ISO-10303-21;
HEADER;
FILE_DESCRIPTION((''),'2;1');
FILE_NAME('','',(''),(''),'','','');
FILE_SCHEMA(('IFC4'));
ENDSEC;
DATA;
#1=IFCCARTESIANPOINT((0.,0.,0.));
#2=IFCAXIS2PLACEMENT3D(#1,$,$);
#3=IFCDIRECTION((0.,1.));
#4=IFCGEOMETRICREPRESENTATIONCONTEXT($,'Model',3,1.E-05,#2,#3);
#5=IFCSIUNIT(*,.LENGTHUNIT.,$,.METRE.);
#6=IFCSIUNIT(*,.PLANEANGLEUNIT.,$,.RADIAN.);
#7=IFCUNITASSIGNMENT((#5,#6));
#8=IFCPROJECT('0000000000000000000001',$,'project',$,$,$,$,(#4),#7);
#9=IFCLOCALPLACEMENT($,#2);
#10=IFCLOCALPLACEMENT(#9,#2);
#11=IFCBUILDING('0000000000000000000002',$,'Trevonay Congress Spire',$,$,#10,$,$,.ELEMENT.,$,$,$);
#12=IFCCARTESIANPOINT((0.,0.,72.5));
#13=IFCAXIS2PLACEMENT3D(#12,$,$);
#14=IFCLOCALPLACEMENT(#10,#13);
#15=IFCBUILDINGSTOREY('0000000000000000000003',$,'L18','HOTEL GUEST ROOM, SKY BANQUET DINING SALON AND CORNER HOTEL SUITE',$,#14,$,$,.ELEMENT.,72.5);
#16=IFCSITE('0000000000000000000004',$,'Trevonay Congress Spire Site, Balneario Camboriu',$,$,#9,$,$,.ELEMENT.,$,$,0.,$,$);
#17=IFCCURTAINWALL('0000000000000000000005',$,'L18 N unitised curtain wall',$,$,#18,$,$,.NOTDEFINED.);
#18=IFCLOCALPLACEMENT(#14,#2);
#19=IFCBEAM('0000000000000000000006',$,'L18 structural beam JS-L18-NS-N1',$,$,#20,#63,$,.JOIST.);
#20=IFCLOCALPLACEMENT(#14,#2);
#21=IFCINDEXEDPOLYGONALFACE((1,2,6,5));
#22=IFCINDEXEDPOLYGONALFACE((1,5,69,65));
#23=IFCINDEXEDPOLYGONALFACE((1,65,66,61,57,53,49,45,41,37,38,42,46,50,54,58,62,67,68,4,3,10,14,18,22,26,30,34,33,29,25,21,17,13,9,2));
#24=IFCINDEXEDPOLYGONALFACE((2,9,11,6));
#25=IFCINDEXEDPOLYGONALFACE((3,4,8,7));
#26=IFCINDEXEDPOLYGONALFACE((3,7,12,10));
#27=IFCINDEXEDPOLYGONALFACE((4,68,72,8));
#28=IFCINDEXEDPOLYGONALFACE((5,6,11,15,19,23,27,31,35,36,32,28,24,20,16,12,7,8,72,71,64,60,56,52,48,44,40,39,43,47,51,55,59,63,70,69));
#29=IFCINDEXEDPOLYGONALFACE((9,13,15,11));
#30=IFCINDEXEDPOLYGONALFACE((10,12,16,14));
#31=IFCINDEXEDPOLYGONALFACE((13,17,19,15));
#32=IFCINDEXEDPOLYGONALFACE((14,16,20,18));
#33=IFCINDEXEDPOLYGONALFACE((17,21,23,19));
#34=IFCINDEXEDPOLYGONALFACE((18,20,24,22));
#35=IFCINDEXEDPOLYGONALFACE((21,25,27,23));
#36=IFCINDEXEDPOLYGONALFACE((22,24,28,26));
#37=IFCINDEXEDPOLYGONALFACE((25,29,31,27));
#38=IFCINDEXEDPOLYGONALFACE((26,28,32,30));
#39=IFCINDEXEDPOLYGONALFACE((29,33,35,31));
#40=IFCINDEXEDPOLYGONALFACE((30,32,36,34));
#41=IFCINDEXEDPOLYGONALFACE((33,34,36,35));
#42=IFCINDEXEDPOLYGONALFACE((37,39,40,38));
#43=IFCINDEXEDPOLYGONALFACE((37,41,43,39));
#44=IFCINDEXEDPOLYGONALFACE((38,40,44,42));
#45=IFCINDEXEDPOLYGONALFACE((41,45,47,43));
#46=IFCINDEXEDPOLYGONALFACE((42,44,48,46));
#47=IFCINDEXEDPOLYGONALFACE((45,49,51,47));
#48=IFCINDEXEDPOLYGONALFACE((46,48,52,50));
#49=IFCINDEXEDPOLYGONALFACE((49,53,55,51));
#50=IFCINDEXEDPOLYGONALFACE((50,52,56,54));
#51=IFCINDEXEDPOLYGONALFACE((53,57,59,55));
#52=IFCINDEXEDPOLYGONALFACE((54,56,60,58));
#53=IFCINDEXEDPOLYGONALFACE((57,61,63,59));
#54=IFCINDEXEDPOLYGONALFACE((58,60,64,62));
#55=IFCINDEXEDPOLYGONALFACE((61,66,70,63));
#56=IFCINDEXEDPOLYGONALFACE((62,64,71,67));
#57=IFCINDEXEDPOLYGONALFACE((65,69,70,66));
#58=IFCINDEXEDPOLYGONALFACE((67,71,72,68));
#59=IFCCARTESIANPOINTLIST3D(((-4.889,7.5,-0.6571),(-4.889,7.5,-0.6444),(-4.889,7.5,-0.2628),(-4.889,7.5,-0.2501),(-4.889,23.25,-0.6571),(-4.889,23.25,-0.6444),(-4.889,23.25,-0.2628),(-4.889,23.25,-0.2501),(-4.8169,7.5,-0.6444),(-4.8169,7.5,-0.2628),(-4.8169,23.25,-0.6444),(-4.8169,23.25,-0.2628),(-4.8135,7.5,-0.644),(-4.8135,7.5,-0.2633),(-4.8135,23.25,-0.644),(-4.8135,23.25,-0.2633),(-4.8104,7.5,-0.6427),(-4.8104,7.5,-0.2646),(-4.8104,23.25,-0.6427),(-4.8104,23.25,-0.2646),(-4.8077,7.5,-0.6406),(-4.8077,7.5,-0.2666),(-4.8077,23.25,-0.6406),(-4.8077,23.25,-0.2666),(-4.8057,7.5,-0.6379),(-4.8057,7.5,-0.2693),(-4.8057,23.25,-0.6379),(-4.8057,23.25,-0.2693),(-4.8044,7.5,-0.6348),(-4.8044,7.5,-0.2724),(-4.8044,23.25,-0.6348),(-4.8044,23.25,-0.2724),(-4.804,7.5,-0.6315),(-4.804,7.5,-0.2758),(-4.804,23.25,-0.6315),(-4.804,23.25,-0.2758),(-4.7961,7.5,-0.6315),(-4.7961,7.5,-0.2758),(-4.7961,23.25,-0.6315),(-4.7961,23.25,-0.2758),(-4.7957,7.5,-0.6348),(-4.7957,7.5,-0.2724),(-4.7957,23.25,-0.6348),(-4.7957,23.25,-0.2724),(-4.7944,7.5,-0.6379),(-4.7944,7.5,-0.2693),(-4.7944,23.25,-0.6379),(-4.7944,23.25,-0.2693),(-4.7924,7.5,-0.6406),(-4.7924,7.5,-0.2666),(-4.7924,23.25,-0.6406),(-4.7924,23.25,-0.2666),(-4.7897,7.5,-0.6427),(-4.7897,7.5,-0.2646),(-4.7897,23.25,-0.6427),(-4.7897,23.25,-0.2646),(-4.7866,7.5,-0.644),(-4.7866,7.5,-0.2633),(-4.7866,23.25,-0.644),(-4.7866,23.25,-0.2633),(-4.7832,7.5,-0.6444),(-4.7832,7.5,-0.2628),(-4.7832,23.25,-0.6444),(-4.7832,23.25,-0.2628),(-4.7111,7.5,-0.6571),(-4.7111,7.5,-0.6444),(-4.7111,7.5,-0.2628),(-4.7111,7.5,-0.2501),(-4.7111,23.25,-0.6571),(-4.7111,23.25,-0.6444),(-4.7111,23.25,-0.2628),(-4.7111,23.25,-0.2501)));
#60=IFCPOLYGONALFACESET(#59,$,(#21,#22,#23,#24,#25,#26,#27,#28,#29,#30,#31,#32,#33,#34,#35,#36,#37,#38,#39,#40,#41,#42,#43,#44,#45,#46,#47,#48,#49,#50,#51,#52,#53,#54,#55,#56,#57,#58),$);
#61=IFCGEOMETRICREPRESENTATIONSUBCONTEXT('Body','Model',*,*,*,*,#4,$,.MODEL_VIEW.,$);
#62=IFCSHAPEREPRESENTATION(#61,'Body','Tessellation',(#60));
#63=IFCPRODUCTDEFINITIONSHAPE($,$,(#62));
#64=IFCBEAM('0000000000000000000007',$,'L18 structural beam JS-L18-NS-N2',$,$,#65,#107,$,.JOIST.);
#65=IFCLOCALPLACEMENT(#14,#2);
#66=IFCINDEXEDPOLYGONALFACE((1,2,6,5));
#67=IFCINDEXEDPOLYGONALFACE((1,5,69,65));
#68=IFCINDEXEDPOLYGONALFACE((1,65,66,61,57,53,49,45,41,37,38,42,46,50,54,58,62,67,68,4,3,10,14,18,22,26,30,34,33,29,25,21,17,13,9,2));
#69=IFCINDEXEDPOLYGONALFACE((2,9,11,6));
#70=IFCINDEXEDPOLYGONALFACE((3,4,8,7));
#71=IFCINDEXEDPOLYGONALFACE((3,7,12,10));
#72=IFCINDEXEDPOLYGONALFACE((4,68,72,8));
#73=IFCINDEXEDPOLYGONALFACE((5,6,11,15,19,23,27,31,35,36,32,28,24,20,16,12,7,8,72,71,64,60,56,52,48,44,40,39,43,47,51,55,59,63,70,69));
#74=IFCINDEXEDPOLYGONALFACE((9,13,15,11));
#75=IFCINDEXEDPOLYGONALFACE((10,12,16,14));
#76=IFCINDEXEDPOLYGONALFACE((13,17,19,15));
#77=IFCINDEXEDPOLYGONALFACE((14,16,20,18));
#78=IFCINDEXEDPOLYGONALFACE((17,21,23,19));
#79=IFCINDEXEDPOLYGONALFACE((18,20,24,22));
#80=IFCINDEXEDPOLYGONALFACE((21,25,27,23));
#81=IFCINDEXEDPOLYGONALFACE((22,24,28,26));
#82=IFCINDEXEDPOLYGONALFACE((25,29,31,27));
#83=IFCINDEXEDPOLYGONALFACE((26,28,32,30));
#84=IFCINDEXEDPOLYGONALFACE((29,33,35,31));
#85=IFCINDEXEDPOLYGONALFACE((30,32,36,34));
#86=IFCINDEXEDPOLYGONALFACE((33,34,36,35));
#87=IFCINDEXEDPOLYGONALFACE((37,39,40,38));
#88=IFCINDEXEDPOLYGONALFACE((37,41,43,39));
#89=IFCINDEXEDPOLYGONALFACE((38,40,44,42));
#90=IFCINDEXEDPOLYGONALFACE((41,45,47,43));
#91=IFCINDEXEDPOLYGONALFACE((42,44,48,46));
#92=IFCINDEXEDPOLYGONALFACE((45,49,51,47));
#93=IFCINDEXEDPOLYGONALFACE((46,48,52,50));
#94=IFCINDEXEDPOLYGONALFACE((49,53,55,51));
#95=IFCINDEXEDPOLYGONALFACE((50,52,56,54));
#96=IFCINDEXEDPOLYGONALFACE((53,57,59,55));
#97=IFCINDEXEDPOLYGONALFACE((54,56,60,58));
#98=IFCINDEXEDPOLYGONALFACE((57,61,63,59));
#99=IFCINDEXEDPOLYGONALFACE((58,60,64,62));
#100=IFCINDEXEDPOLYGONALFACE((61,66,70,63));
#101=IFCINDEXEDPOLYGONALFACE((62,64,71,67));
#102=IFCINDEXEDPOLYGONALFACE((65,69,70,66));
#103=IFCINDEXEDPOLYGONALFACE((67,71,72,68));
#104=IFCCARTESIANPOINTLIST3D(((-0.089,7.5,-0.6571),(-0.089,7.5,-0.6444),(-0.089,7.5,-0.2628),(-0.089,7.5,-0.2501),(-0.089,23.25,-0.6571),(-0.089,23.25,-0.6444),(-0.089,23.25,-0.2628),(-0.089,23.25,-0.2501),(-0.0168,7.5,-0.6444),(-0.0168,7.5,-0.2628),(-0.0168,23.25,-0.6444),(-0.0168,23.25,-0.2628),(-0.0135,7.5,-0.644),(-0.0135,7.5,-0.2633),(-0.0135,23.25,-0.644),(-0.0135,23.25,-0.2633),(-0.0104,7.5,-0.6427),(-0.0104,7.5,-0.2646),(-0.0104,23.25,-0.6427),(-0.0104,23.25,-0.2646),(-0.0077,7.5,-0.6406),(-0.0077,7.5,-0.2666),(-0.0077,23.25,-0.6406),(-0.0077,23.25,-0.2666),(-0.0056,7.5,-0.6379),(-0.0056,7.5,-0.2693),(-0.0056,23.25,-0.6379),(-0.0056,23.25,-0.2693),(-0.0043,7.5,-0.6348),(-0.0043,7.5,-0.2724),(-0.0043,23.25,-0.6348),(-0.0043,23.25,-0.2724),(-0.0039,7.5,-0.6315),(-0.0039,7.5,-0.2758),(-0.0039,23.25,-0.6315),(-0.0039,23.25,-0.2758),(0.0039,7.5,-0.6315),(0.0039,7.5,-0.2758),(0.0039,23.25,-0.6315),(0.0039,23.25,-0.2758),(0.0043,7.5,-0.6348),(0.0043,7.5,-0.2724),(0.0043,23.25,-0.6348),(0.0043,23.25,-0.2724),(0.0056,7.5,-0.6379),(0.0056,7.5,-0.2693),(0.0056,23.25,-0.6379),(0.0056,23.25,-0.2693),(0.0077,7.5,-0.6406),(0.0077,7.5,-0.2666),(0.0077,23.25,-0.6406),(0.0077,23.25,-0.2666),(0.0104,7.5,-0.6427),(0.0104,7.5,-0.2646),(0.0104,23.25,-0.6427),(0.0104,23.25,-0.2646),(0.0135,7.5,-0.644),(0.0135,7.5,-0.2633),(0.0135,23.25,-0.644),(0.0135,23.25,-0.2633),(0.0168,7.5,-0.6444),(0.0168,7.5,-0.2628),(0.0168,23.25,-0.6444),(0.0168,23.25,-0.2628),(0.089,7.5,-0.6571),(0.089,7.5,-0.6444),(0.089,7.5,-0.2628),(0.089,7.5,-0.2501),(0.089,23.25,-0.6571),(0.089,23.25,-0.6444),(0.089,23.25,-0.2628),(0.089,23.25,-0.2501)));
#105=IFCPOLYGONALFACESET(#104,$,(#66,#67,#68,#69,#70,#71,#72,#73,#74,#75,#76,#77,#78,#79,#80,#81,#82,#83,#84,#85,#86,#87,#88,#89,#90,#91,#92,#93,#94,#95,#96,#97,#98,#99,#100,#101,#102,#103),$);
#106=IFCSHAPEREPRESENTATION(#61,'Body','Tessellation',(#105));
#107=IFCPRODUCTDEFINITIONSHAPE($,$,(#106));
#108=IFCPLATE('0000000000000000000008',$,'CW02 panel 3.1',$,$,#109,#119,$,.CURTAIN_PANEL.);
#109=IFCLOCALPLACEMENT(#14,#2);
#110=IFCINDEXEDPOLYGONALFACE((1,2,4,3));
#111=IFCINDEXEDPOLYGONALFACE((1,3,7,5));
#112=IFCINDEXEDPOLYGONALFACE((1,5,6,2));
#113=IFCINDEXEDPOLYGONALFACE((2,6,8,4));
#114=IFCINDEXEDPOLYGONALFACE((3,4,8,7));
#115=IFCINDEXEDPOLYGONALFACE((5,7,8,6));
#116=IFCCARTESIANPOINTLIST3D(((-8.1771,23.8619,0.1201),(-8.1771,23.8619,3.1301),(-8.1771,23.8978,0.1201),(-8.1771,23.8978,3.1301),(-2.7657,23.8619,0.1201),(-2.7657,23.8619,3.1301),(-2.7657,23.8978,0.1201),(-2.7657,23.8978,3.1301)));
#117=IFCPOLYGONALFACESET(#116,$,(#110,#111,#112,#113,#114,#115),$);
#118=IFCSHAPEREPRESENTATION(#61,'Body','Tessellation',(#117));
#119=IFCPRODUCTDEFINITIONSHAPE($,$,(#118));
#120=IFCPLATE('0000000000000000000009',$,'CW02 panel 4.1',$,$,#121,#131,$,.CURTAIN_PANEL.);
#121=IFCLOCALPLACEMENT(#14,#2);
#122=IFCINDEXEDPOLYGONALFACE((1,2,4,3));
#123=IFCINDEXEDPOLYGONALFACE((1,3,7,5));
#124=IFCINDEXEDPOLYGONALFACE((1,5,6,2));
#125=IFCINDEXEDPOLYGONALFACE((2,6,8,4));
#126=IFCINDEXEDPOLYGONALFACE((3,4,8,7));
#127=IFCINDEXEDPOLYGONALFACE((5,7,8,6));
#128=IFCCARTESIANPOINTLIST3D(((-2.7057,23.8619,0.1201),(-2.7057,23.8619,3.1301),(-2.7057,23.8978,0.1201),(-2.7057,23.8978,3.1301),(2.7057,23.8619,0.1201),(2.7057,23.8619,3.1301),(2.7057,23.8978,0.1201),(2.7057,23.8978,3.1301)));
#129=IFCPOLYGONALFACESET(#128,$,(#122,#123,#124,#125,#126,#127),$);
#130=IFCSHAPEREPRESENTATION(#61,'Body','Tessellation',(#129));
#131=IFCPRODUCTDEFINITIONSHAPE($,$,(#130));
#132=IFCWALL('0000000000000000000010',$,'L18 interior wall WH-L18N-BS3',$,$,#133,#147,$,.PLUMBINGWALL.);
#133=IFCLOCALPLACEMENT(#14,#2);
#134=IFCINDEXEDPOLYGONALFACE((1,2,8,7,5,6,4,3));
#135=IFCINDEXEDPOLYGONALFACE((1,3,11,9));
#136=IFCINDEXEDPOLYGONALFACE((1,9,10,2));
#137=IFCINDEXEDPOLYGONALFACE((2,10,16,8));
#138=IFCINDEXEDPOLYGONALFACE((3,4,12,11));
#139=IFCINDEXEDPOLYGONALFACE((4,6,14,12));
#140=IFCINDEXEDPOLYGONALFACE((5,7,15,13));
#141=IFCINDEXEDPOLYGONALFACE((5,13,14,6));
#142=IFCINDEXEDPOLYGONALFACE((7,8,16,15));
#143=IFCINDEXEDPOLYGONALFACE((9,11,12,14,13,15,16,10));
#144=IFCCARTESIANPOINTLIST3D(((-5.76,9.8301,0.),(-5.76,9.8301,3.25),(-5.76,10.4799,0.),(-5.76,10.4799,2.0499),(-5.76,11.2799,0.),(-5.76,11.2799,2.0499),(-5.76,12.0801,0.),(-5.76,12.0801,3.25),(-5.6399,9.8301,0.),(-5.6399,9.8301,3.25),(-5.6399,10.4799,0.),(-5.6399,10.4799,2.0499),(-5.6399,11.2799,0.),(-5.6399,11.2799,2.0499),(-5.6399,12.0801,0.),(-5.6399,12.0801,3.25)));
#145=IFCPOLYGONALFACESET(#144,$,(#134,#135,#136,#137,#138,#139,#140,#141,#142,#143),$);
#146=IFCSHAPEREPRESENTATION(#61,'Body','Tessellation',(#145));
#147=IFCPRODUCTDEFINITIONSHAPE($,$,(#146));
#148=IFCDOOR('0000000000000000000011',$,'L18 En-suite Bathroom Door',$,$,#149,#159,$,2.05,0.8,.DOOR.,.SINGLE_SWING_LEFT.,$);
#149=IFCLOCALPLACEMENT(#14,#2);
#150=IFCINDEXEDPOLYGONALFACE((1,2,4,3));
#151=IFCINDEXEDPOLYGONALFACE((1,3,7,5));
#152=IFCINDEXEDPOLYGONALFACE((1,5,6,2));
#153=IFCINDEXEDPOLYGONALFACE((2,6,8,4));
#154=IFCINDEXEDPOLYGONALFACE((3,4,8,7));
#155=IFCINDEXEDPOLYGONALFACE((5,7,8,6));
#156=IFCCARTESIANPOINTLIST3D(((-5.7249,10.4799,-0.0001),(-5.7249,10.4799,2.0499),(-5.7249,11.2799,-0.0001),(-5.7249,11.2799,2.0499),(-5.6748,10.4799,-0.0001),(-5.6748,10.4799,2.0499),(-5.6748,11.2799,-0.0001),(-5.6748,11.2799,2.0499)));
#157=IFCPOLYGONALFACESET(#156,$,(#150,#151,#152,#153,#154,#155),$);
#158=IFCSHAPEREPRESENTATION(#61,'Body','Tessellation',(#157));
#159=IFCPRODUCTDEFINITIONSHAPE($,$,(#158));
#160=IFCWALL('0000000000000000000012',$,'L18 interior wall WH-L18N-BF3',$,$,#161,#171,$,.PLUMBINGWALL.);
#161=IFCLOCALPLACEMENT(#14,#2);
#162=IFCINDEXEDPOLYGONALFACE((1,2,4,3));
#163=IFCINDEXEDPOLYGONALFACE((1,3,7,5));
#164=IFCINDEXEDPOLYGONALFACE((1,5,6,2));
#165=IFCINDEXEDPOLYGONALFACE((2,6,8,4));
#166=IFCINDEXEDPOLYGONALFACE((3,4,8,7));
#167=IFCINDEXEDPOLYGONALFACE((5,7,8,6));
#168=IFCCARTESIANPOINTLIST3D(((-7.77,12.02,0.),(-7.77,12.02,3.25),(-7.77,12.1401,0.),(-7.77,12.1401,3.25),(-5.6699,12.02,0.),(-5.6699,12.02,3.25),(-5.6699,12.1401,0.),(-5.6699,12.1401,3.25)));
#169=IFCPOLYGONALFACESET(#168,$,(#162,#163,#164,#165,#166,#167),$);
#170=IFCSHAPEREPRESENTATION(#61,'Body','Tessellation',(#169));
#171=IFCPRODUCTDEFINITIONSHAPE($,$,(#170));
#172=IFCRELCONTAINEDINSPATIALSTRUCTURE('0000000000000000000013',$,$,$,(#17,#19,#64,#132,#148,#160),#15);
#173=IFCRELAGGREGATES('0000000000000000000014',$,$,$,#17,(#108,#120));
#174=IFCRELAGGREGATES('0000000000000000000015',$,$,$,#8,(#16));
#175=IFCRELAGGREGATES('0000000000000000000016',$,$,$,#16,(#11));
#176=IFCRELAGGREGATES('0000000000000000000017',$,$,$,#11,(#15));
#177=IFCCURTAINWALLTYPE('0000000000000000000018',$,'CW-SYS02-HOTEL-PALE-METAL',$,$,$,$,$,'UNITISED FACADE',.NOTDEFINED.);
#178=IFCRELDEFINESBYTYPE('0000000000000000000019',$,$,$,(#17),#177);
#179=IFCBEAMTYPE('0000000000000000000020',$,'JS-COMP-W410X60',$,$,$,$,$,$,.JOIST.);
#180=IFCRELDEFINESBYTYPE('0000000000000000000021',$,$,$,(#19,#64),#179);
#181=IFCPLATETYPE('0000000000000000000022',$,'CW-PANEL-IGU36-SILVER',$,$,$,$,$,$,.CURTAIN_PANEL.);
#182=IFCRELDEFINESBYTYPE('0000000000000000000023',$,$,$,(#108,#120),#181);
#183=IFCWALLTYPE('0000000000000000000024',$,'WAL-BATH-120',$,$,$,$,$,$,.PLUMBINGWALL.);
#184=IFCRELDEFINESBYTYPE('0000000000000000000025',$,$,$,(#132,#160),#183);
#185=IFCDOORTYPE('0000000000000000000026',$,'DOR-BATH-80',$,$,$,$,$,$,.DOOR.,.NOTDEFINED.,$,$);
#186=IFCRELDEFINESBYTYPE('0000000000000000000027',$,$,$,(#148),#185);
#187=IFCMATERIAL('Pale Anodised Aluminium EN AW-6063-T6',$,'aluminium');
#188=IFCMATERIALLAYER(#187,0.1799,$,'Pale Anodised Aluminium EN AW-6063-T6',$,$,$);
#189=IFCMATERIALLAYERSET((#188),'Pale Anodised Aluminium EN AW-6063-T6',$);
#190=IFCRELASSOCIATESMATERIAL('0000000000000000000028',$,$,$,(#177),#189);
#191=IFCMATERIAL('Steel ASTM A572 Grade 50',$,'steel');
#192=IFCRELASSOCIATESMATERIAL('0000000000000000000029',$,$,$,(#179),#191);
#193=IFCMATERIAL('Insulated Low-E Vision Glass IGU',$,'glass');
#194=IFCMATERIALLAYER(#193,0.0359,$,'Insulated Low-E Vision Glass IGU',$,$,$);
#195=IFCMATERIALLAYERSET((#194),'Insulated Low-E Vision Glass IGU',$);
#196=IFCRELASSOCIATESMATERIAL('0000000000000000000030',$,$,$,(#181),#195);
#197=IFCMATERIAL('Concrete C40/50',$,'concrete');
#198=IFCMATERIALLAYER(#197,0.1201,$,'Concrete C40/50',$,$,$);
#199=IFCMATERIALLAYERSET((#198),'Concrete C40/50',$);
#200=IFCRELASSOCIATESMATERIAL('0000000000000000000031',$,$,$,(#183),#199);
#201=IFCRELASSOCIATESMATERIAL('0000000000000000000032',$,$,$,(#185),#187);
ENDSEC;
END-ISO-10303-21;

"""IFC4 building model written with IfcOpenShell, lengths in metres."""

from ifc_helpers import new_model, si_unit, direction, frame, frame_2d, origin, origin_2d, place, context, subcontext, project, spatial, rectangle, i_section, extrude, material, layer, layer_set, material_profile, profile_set, type_object, element, fill, aggregate, save


model = new_model("IFC4")

# Units and contexts
model_context = context("Model", 3, precision=1e-05, world=origin(), true_north=direction((0.0, 1.0)))
body_context = subcontext(model_context, "Body", "Model", "MODEL_VIEW")
ifc_project = project(units=[si_unit("LENGTHUNIT", "METRE"), si_unit("PLANEANGLEUNIT", "RADIAN")], contexts=[model_context])

# Site, building, storey
site_placement = place(None, origin())
site = spatial("IfcSite", under=ifc_project, at=site_placement, Name="Trevonay Congress Spire Site, Balneario Camboriu", CompositionType="ELEMENT", RefElevation=0.0)
building_placement = place(site_placement, origin())
building = spatial("IfcBuilding", under=site, at=building_placement, Name="Trevonay Congress Spire", CompositionType="ELEMENT")
storey_placement = place(building_placement, frame((0.0, 0.0, 72.5)))
storey = spatial("IfcBuildingStorey", under=building, at=storey_placement, Name="L18", Description="HOTEL GUEST ROOM, SKY BANQUET DINING SALON AND CORNER HOTEL SUITE", CompositionType="ELEMENT", Elevation=72.5)

# Shared definitions
ifc_material_1 = material(Name="Steel ASTM A572 Grade 50", Category="steel")

# Curtain wall
ifc_material_2 = material(Name="Pale Anodised Aluminium EN AW-6063-T6", Category="aluminium")
ifc_layer_1 = layer(ifc_material_2, 0.1799, Name="Pale Anodised Aluminium EN AW-6063-T6")
ifc_layer_set_1 = layer_set([ifc_layer_1], Name="Pale Anodised Aluminium EN AW-6063-T6")
curtain_wall_type = type_object("IfcCurtainWallType", Name="CW-SYS02-HOTEL-PALE-METAL", ElementType="UNITISED FACADE", PredefinedType="NOTDEFINED", material=ifc_layer_set_1)
curtain_wall_placement = place(storey_placement, origin())
curtain_wall = element("IfcCurtainWall", 1, at=curtain_wall_placement, inside=storey, type_object=curtain_wall_type, Name="L18 N unitised curtain wall", PredefinedType="NOTDEFINED")

# Beams
ifc_material_profile_1 = material_profile(ifc_material_1, i_section(OverallWidth=0.178, OverallDepth=0.407, WebThickness=0.0078, FlangeThickness=0.0127, FilletRadius=0.0129, at=origin_2d()), Name="W410x60")
ifc_profile_set_1 = profile_set([ifc_material_profile_1], Name="Steel ASTM A572 Grade 50")
beam_type_1 = type_object("IfcBeamType", Name="JS-COMP-W410X60", PredefinedType="JOIST", material=ifc_profile_set_1)
for number, where, z_axis, x_axis, name in (
    (2, (-4.8, 7.5, -0.4536), (0.0, 1.0, 0.0), (-1.0, 0.0, 0.0), "L18 structural beam JS-L18-NS-N1"),
    (3, (0.0, 7.5, -0.4536), (0.0, 1.0, 0.0), (-1.0, 0.0, 0.0), "L18 structural beam JS-L18-NS-N2"),
):
    element("IfcBeam", number, at=place(storey_placement, frame(where, z_axis=z_axis, x_axis=x_axis)), inside=storey, type_object=beam_type_1, Name=name, PredefinedType="JOIST", context=body_context, shape_type="SweptSolid", body=[
        extrude(i_section(OverallWidth=0.178, OverallDepth=0.407, WebThickness=0.0078, FlangeThickness=0.0127, FilletRadius=0.0129, at=origin_2d()), origin(), (0.0, 0.0, 1.0), 15.75),
    ])

# Plates
ifc_material_3 = material(Name="Insulated Low-E Vision Glass IGU", Category="glass")
ifc_layer_2 = layer(ifc_material_3, 0.0359, Name="Insulated Low-E Vision Glass IGU")
ifc_layer_set_2 = layer_set([ifc_layer_2], Name="Insulated Low-E Vision Glass IGU")
plate_type = type_object("IfcPlateType", Name="CW-PANEL-IGU36-SILVER", PredefinedType="CURTAIN_PANEL", material=ifc_layer_set_2)
plate_1_placement = place(storey_placement, frame((-5.4714, 23.8799, 0.1201), z_axis=(0.0, 0.0, 1.0), x_axis=(1.0, 0.0, 0.0)))
plate_1 = element("IfcPlate", 4, at=plate_1_placement, type_object=plate_type, Name="CW02 panel 3.1", PredefinedType="CURTAIN_PANEL", context=body_context, shape_type="SweptSolid", body=[
    extrude(rectangle(XDim=5.4114, YDim=0.0359, at=origin_2d()), origin(), (0.0, 0.0, 1.0), 3.01),
])
plate_2_placement = place(storey_placement, frame((0.0, 23.8799, 0.1201), z_axis=(0.0, 0.0, 1.0), x_axis=(1.0, 0.0, 0.0)))
plate_2 = element("IfcPlate", 5, at=plate_2_placement, type_object=plate_type, Name="CW02 panel 4.1", PredefinedType="CURTAIN_PANEL", context=body_context, shape_type="SweptSolid", body=[
    extrude(rectangle(XDim=5.4114, YDim=0.0359, at=origin_2d()), origin(), (0.0, 0.0, 1.0), 3.01),
])
aggregate(curtain_wall, [plate_1, plate_2])

# Wall, opening, door
ifc_material_4 = material(Name="Concrete C40/50", Category="concrete")
ifc_layer_3 = layer(ifc_material_4, 0.1201, Name="Concrete C40/50")
ifc_layer_set_3 = layer_set([ifc_layer_3], Name="Concrete C40/50")
wall_type_1 = type_object("IfcWallType", Name="WAL-BATH-120", PredefinedType="PLUMBINGWALL", material=ifc_layer_set_3)
wall_1_placement = place(storey_placement, frame((-5.7, 9.8301, 0.0), z_axis=(0.0, 0.0, 1.0), x_axis=(0.0, 1.0, 0.0)))
wall_1 = element("IfcWall", 6, at=wall_1_placement, inside=storey, type_object=wall_type_1, Name="L18 interior wall WH-L18N-BS3", PredefinedType="PLUMBINGWALL", context=body_context, shape_type="SweptSolid", body=[
    extrude(rectangle(XDim=2.25, YDim=0.1201, at=frame_2d((1.125, 0.0))), origin(), (0.0, 0.0, 1.0), 3.25),
])
opening_1_placement = place(wall_1_placement, frame((0.6499, 0.0, 0.0)))
opening_1 = element("IfcOpeningElement", 7, at=opening_1_placement, cuts=wall_1, PredefinedType="OPENING", context=body_context, shape_type="SweptSolid", body=[
    extrude(rectangle(XDim=0.8, YDim=2.05, at=frame_2d((0.3999, 1.0249))), frame((0.0, 0.0701, 0.0), z_axis=(0.0, -1.0, 0.0), x_axis=(1.0, 0.0, 0.0)), (0.0, 0.0, 1.0), 0.1401),
])
door_type_1 = type_object("IfcDoorType", Name="DOR-BATH-80", OperationType="NOTDEFINED", PredefinedType="DOOR", material=ifc_material_2)
door_1_placement = place(opening_1_placement, origin())
door_1 = element("IfcDoor", 8, at=door_1_placement, inside=storey, type_object=door_type_1, Name="L18 En-suite Bathroom Door", OperationType="SINGLE_SWING_LEFT", OverallHeight=2.05, OverallWidth=0.8, PredefinedType="DOOR", context=body_context, shape_type="SweptSolid", body=[
    extrude(rectangle(XDim=0.8, YDim=2.05, at=frame_2d((0.3999, 1.0249))), frame((0.0, 0.0249, 0.0), z_axis=(0.0, -1.0, 0.0), x_axis=(1.0, 0.0, 0.0)), (0.0, 0.0, 1.0), 0.05),
])
fill(opening_1, door_1)

# Wall
wall_2_placement = place(storey_placement, frame((-7.77, 12.0801, 0.0), z_axis=(0.0, 0.0, 1.0), x_axis=(1.0, 0.0, 0.0)))
element("IfcWall", 9, at=wall_2_placement, inside=storey, type_object=wall_type_1, Name="L18 interior wall WH-L18N-BF3", PredefinedType="PLUMBINGWALL", context=body_context, shape_type="SweptSolid", body=[
    extrude(rectangle(XDim=2.1001, YDim=0.1201, at=frame_2d((1.05, 0.0))), origin(), (0.0, 0.0, 1.0), 3.25),
])

save(model, "model.ifc")
